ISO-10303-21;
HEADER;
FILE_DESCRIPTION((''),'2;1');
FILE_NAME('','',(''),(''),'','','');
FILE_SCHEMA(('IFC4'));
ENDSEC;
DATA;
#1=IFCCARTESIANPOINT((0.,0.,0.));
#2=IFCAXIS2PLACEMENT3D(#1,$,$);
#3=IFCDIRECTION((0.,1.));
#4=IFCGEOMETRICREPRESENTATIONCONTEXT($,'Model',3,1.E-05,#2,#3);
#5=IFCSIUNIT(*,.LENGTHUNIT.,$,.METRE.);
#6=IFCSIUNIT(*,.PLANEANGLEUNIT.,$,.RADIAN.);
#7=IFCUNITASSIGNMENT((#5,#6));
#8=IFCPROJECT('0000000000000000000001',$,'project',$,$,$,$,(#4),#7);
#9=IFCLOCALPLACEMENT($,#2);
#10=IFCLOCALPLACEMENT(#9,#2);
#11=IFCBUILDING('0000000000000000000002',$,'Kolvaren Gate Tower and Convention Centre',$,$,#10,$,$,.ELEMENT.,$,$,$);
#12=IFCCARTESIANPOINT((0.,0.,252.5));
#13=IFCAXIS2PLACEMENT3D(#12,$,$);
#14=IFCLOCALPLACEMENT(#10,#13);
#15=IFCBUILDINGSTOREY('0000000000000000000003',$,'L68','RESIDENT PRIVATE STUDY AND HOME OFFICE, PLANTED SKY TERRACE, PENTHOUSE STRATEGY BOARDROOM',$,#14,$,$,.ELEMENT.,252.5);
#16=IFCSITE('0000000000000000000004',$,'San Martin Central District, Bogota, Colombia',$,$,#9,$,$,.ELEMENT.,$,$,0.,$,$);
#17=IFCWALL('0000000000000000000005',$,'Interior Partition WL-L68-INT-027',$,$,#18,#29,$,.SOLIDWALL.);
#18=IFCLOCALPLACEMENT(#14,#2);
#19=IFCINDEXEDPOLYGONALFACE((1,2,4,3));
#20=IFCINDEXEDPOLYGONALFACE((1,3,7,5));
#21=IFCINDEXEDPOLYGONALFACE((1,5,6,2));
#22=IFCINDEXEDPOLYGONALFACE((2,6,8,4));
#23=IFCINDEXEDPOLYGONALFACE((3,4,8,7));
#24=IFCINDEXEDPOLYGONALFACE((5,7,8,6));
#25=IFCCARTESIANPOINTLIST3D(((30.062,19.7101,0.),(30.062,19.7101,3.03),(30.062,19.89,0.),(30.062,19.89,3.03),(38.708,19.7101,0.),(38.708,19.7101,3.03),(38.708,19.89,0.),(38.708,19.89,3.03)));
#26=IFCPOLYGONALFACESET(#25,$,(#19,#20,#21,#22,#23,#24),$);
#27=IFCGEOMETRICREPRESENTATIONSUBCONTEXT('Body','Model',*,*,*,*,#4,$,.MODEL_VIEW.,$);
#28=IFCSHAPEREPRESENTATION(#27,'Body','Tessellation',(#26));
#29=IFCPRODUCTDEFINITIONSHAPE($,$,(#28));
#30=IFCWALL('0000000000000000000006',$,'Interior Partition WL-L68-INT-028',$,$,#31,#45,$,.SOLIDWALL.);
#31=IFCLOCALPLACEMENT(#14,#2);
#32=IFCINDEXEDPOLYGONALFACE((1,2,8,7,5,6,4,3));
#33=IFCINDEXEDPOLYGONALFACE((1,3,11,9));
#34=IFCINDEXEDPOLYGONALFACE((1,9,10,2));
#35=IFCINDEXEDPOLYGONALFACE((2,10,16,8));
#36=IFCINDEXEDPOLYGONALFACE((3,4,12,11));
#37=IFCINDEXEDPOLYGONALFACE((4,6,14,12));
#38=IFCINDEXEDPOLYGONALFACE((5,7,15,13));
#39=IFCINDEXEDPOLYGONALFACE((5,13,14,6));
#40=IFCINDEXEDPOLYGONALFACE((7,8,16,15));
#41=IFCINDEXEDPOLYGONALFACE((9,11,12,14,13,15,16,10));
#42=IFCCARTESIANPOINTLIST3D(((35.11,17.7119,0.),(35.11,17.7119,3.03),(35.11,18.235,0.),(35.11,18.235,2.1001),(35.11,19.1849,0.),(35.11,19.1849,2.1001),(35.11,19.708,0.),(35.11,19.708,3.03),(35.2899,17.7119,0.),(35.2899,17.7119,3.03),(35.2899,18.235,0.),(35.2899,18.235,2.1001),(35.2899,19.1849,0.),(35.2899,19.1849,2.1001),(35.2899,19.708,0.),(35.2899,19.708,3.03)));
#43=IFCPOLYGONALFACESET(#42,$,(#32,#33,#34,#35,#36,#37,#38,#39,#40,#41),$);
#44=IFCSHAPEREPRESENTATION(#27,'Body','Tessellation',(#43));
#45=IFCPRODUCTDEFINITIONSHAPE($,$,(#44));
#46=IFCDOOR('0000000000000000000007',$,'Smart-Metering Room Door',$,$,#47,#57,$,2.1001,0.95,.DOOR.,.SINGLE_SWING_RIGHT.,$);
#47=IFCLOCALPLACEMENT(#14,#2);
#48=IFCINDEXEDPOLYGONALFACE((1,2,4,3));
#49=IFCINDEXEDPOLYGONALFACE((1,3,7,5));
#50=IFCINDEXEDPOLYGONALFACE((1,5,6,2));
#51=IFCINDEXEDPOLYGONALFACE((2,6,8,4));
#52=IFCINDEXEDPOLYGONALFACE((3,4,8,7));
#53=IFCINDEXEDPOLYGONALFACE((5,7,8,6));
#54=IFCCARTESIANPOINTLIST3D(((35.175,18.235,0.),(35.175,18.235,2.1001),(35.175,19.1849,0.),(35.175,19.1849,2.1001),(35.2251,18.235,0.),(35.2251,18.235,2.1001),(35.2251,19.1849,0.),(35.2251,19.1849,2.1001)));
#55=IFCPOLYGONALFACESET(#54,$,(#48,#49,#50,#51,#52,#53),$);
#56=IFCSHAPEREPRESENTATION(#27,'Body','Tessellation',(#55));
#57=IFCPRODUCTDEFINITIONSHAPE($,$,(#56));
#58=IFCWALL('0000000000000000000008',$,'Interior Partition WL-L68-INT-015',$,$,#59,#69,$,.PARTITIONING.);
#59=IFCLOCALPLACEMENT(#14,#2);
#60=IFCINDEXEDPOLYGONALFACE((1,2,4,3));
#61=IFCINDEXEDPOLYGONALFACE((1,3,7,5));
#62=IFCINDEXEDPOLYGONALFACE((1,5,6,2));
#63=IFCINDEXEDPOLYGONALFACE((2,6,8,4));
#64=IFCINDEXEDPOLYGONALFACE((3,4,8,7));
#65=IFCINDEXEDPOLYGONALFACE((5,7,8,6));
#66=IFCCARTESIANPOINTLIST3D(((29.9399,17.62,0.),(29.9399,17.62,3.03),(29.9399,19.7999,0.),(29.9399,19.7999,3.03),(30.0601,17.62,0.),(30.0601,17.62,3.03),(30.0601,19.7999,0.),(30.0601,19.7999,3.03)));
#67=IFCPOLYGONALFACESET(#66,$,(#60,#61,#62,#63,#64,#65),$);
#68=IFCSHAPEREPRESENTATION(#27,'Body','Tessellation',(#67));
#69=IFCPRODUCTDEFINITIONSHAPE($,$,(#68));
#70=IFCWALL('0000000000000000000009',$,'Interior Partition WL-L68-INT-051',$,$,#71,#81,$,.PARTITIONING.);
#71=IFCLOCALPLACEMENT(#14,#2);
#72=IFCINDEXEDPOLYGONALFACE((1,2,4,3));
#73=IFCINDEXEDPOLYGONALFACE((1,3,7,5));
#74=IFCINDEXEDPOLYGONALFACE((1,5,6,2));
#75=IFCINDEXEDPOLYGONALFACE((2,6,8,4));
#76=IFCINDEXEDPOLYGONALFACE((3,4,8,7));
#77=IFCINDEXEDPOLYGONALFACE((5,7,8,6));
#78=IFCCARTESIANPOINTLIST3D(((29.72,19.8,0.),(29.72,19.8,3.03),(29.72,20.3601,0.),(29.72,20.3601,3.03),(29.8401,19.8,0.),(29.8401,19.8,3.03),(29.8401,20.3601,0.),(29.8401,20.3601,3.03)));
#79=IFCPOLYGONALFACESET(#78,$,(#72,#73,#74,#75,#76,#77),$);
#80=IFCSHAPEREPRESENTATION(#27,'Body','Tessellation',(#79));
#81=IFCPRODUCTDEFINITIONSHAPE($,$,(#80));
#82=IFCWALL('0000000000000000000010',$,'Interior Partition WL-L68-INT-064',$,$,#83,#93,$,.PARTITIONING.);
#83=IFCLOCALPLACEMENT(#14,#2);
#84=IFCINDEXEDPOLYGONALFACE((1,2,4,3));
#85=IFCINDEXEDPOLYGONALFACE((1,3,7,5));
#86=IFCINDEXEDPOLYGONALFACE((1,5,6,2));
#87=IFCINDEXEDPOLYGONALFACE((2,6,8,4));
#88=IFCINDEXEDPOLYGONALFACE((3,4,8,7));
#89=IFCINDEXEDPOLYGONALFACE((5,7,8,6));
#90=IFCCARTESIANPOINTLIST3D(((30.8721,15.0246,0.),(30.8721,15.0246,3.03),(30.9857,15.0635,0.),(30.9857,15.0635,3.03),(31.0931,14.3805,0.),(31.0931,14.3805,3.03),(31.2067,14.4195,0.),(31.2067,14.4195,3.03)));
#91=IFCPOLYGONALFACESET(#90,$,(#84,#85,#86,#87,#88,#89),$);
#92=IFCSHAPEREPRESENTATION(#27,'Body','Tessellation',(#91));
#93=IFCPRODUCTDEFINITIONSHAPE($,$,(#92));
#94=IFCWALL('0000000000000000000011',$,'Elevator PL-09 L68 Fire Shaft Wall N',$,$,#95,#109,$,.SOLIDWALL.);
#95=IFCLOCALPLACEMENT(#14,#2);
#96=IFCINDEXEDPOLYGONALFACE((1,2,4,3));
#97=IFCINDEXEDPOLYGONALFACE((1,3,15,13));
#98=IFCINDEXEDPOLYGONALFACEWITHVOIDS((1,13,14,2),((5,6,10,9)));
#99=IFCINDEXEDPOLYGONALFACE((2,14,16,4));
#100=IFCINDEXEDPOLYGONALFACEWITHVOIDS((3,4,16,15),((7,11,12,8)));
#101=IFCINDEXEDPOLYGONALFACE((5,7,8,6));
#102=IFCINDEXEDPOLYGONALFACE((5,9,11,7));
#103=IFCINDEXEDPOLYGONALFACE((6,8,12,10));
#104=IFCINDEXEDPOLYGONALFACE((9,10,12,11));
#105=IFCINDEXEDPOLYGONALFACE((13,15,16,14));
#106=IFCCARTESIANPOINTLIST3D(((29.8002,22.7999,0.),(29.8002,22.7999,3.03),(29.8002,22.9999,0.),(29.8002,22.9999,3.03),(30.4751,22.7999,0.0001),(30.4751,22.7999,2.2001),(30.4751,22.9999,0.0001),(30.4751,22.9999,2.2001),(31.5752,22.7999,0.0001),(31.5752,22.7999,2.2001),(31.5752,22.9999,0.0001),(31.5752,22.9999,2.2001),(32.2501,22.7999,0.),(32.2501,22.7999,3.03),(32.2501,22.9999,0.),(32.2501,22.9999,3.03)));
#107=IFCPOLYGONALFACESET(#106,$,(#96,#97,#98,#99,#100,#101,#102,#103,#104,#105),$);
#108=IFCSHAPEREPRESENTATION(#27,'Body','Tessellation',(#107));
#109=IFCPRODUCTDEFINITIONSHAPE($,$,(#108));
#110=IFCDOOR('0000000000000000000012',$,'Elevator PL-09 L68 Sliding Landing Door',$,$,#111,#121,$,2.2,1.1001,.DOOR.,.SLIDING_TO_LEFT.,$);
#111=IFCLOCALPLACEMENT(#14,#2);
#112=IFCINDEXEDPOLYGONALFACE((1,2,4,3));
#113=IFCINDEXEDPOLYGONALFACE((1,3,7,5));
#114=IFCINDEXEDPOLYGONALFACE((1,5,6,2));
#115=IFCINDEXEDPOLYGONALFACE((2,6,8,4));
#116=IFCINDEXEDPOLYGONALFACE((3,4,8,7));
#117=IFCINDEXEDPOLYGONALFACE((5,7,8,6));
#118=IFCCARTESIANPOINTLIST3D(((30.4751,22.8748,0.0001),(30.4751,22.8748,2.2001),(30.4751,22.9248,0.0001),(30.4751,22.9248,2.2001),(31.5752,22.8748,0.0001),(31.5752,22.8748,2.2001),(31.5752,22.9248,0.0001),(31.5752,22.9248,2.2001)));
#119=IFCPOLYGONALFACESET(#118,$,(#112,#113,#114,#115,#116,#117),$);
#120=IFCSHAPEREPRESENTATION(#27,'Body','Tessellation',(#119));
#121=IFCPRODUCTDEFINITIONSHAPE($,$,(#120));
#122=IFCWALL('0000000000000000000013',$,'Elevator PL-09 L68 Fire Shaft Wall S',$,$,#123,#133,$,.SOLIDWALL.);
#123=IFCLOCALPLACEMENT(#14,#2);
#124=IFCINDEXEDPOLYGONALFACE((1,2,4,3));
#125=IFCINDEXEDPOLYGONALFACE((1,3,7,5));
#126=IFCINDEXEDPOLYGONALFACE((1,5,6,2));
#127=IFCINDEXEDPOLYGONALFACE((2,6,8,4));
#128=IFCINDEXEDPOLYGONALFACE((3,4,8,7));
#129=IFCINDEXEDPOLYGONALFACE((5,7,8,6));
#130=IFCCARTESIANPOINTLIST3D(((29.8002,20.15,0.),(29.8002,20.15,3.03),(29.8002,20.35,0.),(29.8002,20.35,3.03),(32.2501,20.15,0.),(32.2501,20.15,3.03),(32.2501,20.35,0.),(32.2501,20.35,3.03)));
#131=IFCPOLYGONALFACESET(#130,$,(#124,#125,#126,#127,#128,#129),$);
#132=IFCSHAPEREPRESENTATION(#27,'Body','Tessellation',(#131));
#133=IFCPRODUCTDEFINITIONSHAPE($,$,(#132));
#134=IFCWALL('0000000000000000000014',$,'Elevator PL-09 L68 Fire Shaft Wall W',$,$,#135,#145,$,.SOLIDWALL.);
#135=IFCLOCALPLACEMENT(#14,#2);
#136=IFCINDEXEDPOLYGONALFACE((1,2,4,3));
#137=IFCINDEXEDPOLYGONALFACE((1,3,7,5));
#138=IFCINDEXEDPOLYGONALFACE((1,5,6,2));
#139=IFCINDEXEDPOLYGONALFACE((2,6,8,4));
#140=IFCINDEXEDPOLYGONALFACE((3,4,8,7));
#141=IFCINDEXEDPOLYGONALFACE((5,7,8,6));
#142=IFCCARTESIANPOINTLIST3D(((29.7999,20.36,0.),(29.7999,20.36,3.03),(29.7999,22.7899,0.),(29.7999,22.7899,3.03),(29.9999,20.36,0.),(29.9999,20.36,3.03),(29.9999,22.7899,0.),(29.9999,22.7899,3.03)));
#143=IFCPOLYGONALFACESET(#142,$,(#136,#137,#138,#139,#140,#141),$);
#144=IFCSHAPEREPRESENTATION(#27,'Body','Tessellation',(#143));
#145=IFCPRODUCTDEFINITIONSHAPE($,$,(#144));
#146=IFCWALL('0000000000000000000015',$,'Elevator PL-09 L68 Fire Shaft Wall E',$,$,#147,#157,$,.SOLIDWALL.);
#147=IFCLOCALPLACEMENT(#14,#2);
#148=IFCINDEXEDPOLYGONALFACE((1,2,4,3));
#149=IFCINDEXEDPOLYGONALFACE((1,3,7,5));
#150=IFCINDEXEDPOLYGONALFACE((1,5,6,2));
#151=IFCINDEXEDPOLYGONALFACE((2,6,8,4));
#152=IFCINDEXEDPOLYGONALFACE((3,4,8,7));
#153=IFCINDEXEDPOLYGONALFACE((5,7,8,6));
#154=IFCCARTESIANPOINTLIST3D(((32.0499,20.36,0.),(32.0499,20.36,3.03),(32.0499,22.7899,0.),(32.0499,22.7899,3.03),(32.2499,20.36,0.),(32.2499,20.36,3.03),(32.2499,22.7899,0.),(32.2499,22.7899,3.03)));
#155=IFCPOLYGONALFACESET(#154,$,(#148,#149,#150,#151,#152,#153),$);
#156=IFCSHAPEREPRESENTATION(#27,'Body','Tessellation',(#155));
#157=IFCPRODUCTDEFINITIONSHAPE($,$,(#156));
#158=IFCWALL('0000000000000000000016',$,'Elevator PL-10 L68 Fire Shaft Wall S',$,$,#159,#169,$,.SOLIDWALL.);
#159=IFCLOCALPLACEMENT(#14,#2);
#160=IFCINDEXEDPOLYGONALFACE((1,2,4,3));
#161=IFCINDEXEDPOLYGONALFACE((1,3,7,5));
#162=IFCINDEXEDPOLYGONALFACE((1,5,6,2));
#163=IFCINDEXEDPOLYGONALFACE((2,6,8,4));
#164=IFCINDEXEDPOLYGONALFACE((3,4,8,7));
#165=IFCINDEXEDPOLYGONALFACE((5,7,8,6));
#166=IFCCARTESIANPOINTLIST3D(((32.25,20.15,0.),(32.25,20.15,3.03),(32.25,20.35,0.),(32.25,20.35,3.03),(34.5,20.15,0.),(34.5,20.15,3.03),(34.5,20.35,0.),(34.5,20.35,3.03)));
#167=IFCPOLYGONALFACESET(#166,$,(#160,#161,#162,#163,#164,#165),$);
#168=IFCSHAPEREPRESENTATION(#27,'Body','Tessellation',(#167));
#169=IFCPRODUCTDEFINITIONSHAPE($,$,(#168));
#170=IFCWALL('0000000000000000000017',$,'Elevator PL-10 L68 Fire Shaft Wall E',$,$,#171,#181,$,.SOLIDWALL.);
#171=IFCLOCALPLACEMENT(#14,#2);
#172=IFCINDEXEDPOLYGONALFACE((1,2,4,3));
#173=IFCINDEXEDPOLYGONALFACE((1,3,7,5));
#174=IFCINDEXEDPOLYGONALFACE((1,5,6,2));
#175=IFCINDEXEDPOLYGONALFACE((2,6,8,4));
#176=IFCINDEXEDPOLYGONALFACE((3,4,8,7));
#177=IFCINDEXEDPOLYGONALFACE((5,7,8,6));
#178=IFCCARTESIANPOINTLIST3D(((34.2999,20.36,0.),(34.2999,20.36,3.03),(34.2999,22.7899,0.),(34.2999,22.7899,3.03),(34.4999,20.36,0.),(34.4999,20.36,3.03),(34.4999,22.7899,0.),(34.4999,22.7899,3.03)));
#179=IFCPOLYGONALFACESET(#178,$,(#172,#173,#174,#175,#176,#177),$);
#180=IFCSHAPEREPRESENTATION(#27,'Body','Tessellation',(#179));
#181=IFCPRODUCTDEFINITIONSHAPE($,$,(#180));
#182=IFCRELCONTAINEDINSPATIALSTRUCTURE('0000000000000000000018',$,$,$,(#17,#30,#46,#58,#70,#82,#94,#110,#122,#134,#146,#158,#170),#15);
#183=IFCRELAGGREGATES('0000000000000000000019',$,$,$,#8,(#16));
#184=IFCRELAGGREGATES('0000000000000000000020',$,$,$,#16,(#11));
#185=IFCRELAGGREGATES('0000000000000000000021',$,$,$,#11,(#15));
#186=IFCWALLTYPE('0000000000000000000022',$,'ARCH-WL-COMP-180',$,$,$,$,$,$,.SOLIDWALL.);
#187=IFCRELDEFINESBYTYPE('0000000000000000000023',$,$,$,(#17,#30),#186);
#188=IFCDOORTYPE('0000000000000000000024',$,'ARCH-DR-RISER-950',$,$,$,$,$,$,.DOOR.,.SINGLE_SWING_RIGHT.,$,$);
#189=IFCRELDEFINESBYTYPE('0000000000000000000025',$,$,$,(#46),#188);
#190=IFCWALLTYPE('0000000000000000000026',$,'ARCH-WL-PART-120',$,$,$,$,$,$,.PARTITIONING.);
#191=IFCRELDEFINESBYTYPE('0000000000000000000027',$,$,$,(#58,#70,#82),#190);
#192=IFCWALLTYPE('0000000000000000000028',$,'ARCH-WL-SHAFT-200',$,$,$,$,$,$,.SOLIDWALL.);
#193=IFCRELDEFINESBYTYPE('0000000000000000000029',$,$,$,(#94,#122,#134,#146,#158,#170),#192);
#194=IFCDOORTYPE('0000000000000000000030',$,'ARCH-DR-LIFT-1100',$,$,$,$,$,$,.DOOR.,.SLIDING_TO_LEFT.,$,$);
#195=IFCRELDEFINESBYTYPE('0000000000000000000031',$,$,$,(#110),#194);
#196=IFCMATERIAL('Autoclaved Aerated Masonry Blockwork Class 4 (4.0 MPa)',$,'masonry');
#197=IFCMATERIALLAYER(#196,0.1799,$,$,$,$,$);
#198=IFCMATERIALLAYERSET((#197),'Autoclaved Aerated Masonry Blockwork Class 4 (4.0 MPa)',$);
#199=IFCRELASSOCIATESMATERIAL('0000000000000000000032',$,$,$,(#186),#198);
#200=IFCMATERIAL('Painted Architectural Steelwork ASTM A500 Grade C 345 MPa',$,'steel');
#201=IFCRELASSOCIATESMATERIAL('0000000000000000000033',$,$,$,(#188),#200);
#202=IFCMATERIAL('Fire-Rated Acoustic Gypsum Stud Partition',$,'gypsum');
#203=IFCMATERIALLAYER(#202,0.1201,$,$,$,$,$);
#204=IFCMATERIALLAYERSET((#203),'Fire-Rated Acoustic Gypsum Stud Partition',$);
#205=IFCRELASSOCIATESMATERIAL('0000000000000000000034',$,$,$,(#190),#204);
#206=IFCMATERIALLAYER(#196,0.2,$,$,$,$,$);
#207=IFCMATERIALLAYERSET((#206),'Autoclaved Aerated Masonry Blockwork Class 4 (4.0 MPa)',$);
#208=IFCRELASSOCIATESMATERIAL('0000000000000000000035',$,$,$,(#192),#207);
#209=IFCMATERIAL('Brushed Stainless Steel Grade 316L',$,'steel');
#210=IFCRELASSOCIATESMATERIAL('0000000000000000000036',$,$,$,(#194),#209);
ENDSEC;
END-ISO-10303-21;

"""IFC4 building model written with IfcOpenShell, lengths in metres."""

from ifc_helpers import new_model, si_unit, direction, frame, frame_2d, origin, place, context, subcontext, project, spatial, rectangle, extrude, material, layer, layer_set, type_object, element, fill, save


model = new_model("IFC4")

# Units and contexts
model_context = context("Model", 3, precision=1e-05, world=origin(), true_north=direction((0.0, 1.0)))
body_context = subcontext(model_context, "Body", "Model", "MODEL_VIEW")
ifc_project = project(units=[si_unit("LENGTHUNIT", "METRE"), si_unit("PLANEANGLEUNIT", "RADIAN")], contexts=[model_context])

# Site, building, storey
site_placement = place(None, origin())
site = spatial("IfcSite", under=ifc_project, at=site_placement, Name="San Martin Central District, Bogota, Colombia", CompositionType="ELEMENT", RefElevation=0.0)
building_placement = place(site_placement, origin())
building = spatial("IfcBuilding", under=site, at=building_placement, Name="Kolvaren Gate Tower and Convention Centre", CompositionType="ELEMENT")
storey_placement = place(building_placement, frame((0.0, 0.0, 252.5)))
storey = spatial("IfcBuildingStorey", under=building, at=storey_placement, Name="L68", Description="RESIDENT PRIVATE STUDY AND HOME OFFICE, PLANTED SKY TERRACE, PENTHOUSE STRATEGY BOARDROOM", CompositionType="ELEMENT", Elevation=252.5)

# Shared definitions
ifc_material_1 = material(Name="Autoclaved Aerated Masonry Blockwork Class 4 (4.0 MPa)", Category="masonry")
ifc_layer_1 = layer(ifc_material_1, 0.1799)
ifc_layer_set_1 = layer_set([ifc_layer_1], Name="Autoclaved Aerated Masonry Blockwork Class 4 (4.0 MPa)")
wall_type_1 = type_object("IfcWallType", Name="ARCH-WL-COMP-180", PredefinedType="SOLIDWALL", material=ifc_layer_set_1)
ifc_material_2 = material(Name="Painted Architectural Steelwork ASTM A500 Grade C 345 MPa", Category="steel")
door_type_1 = type_object("IfcDoorType", Name="ARCH-DR-RISER-950", OperationType="SINGLE_SWING_RIGHT", PredefinedType="DOOR", material=ifc_material_2)

# Wall
wall_1_placement = place(storey_placement, frame((30.062, 19.8, 0.0), z_axis=(0.0, 0.0, 1.0), x_axis=(1.0, 0.0, 0.0)))
element("IfcWall", 1, at=wall_1_placement, inside=storey, type_object=wall_type_1, Name="Interior Partition WL-L68-INT-027", PredefinedType="SOLIDWALL", context=body_context, shape_type="SweptSolid", body=[
    extrude(rectangle(XDim=8.646, YDim=0.1799, at=frame_2d((4.323, 0.0))), origin(), (0.0, 0.0, 1.0), 3.03),
])

# Wall, opening, door
wall_2_placement = place(storey_placement, frame((35.2, 17.7119, 0.0), z_axis=(0.0, 0.0, 1.0), x_axis=(0.0, 1.0, 0.0)))
wall_2 = element("IfcWall", 2, at=wall_2_placement, inside=storey, type_object=wall_type_1, Name="Interior Partition WL-L68-INT-028", PredefinedType="SOLIDWALL", context=body_context, shape_type="SweptSolid", body=[
    extrude(rectangle(XDim=1.9961, YDim=0.1799, at=frame_2d((0.998, 0.0))), origin(), (0.0, 0.0, 1.0), 3.03),
])
opening_1_placement = place(wall_2_placement, frame((0.5229, 0.0, 0.0)))
opening_1 = element("IfcOpeningElement", 3, at=opening_1_placement, cuts=wall_2, PredefinedType="OPENING", context=body_context, shape_type="SweptSolid", body=[
    extrude(rectangle(XDim=0.95, YDim=2.1001, at=frame_2d((0.4751, 1.05))), frame((0.0, 0.0999, 0.0), z_axis=(0.0, -1.0, 0.0), x_axis=(1.0, 0.0, 0.0)), (0.0, 0.0, 1.0), 0.2),
])
door_1_placement = place(opening_1_placement, origin())
door_1 = element("IfcDoor", 4, at=door_1_placement, inside=storey, type_object=door_type_1, Name="Smart-Metering Room Door", OperationType="SINGLE_SWING_RIGHT", OverallHeight=2.1001, OverallWidth=0.95, PredefinedType="DOOR", context=body_context, shape_type="SweptSolid", body=[
    extrude(rectangle(XDim=0.95, YDim=2.1001, at=frame_2d((0.4751, 1.05))), frame((0.0, 0.0249, 0.0), z_axis=(0.0, -1.0, 0.0), x_axis=(1.0, 0.0, 0.0)), (0.0, 0.0, 1.0), 0.05),
])
fill(opening_1, door_1)

# Walls
ifc_material_3 = material(Name="Fire-Rated Acoustic Gypsum Stud Partition", Category="gypsum")
ifc_layer_2 = layer(ifc_material_3, 0.1201)
ifc_layer_set_2 = layer_set([ifc_layer_2], Name="Fire-Rated Acoustic Gypsum Stud Partition")
wall_type_2 = type_object("IfcWallType", Name="ARCH-WL-PART-120", PredefinedType="PARTITIONING", material=ifc_layer_set_2)
wall_3_placement = place(storey_placement, frame((30.0, 17.6201, 0.0), z_axis=(0.0, 0.0, 1.0), x_axis=(0.0, 1.0, 0.0)))
element("IfcWall", 5, at=wall_3_placement, inside=storey, type_object=wall_type_2, Name="Interior Partition WL-L68-INT-015", PredefinedType="PARTITIONING", context=body_context, shape_type="SweptSolid", body=[
    extrude(rectangle(XDim=2.1799, YDim=0.1201, at=frame_2d((1.0898, 0.0))), origin(), (0.0, 0.0, 1.0), 3.03),
])
wall_4_placement = place(storey_placement, frame((29.78, 19.8, 0.0), z_axis=(0.0, 0.0, 1.0), x_axis=(0.0, 1.0, 0.0)))
element("IfcWall", 6, at=wall_4_placement, inside=storey, type_object=wall_type_2, Name="Interior Partition WL-L68-INT-051", PredefinedType="PARTITIONING", context=body_context, shape_type="SweptSolid", body=[
    extrude(rectangle(XDim=0.5601, YDim=0.1201, at=frame_2d((0.28, 0.0))), origin(), (0.0, 0.0, 1.0), 3.03),
])
wall_5_placement = place(storey_placement, frame((30.929, 15.0439, 0.0), z_axis=(0.0, 0.0, 1.0), x_axis=(0.324498, -0.945886, 0.0)))
element("IfcWall", 7, at=wall_5_placement, inside=storey, type_object=wall_type_2, Name="Interior Partition WL-L68-INT-064", PredefinedType="PARTITIONING", context=body_context, shape_type="SweptSolid", body=[
    extrude(rectangle(XDim=0.6809, YDim=0.1201, at=frame_2d((0.3403, 0.0))), origin(), (0.0, 0.0, 1.0), 3.03),
])

# Wall, opening, door
ifc_layer_3 = layer(ifc_material_1, 0.2)
ifc_layer_set_3 = layer_set([ifc_layer_3], Name="Autoclaved Aerated Masonry Blockwork Class 4 (4.0 MPa)")
wall_type_3 = type_object("IfcWallType", Name="ARCH-WL-SHAFT-200", PredefinedType="SOLIDWALL", material=ifc_layer_set_3)
wall_6_placement = place(storey_placement, frame((29.8, 22.8999, 0.0), z_axis=(0.0, 0.0, 1.0), x_axis=(1.0, 0.0, 0.0)))
wall_6 = element("IfcWall", 8, at=wall_6_placement, inside=storey, type_object=wall_type_3, Name="Elevator PL-09 L68 Fire Shaft Wall N", PredefinedType="SOLIDWALL", context=body_context, shape_type="SweptSolid", body=[
    extrude(rectangle(XDim=2.45, YDim=0.2, at=frame_2d((1.2251, 0.0))), origin(), (0.0, 0.0, 1.0), 3.03),
])
opening_2_placement = place(wall_6_placement, frame((0.675, 0.0, 0.0)))
opening_2 = element("IfcOpeningElement", 9, at=opening_2_placement, cuts=wall_6, PredefinedType="OPENING", context=body_context, shape_type="SweptSolid", body=[
    extrude(rectangle(XDim=1.1001, YDim=2.2, at=frame_2d((0.55, 1.1001))), frame((0.0, 0.1099, 0.0), z_axis=(0.0, -1.0, 0.0), x_axis=(1.0, 0.0, 0.0)), (0.0, 0.0, 1.0), 0.22),
])
ifc_material_4 = material(Name="Brushed Stainless Steel Grade 316L", Category="steel")
door_type_2 = type_object("IfcDoorType", Name="ARCH-DR-LIFT-1100", OperationType="SLIDING_TO_LEFT", PredefinedType="DOOR", material=ifc_material_4)
door_2_placement = place(opening_2_placement, origin())
door_2 = element("IfcDoor", 10, at=door_2_placement, inside=storey, type_object=door_type_2, Name="Elevator PL-09 L68 Sliding Landing Door", OperationType="SLIDING_TO_LEFT", OverallHeight=2.2, OverallWidth=1.1001, PredefinedType="DOOR", context=body_context, shape_type="SweptSolid", body=[
    extrude(rectangle(XDim=1.1001, YDim=2.2, at=frame_2d((0.55, 1.1001))), frame((0.0, 0.0249, 0.0), z_axis=(0.0, -1.0, 0.0), x_axis=(1.0, 0.0, 0.0)), (0.0, 0.0, 1.0), 0.05),
])
fill(opening_2, door_2)

# Walls
wall_7_placement = place(storey_placement, frame((29.8, 20.25, 0.0), z_axis=(0.0, 0.0, 1.0), x_axis=(1.0, 0.0, 0.0)))
element("IfcWall", 11, at=wall_7_placement, inside=storey, type_object=wall_type_3, Name="Elevator PL-09 L68 Fire Shaft Wall S", PredefinedType="SOLIDWALL", context=body_context, shape_type="SweptSolid", body=[
    extrude(rectangle(XDim=2.45, YDim=0.2, at=frame_2d((1.2251, 0.0))), origin(), (0.0, 0.0, 1.0), 3.03),
])
for number, where, z_axis, x_axis, name in (
    (12, (29.8999, 20.3601, 0.0), (0.0, 0.0, 1.0), (0.0, 1.0, 0.0), "Elevator PL-09 L68 Fire Shaft Wall W"),
    (13, (32.1499, 20.3601, 0.0), (0.0, 0.0, 1.0), (0.0, 1.0, 0.0), "Elevator PL-09 L68 Fire Shaft Wall E"),
):
    element("IfcWall", number, at=place(storey_placement, frame(where, z_axis=z_axis, x_axis=x_axis)), inside=storey, type_object=wall_type_3, Name=name, PredefinedType="SOLIDWALL", context=body_context, shape_type="SweptSolid", body=[
        extrude(rectangle(XDim=2.4299, YDim=0.2, at=frame_2d((1.2148, 0.0))), origin(), (0.0, 0.0, 1.0), 3.03),
    ])
wall_8_placement = place(storey_placement, frame((32.25, 20.25, 0.0), z_axis=(0.0, 0.0, 1.0), x_axis=(1.0, 0.0, 0.0)))
element("IfcWall", 14, at=wall_8_placement, inside=storey, type_object=wall_type_3, Name="Elevator PL-10 L68 Fire Shaft Wall S", PredefinedType="SOLIDWALL", context=body_context, shape_type="SweptSolid", body=[
    extrude(rectangle(XDim=2.25, YDim=0.2, at=frame_2d((1.125, 0.0))), origin(), (0.0, 0.0, 1.0), 3.03),
])
wall_9_placement = place(storey_placement, frame((34.3999, 20.3601, 0.0), z_axis=(0.0, 0.0, 1.0), x_axis=(0.0, 1.0, 0.0)))
element("IfcWall", 15, at=wall_9_placement, inside=storey, type_object=wall_type_3, Name="Elevator PL-10 L68 Fire Shaft Wall E", PredefinedType="SOLIDWALL", context=body_context, shape_type="SweptSolid", body=[
    extrude(rectangle(XDim=2.4299, YDim=0.2, at=frame_2d((1.2148, 0.0))), origin(), (0.0, 0.0, 1.0), 3.03),
])

save(model, "model.ifc")
